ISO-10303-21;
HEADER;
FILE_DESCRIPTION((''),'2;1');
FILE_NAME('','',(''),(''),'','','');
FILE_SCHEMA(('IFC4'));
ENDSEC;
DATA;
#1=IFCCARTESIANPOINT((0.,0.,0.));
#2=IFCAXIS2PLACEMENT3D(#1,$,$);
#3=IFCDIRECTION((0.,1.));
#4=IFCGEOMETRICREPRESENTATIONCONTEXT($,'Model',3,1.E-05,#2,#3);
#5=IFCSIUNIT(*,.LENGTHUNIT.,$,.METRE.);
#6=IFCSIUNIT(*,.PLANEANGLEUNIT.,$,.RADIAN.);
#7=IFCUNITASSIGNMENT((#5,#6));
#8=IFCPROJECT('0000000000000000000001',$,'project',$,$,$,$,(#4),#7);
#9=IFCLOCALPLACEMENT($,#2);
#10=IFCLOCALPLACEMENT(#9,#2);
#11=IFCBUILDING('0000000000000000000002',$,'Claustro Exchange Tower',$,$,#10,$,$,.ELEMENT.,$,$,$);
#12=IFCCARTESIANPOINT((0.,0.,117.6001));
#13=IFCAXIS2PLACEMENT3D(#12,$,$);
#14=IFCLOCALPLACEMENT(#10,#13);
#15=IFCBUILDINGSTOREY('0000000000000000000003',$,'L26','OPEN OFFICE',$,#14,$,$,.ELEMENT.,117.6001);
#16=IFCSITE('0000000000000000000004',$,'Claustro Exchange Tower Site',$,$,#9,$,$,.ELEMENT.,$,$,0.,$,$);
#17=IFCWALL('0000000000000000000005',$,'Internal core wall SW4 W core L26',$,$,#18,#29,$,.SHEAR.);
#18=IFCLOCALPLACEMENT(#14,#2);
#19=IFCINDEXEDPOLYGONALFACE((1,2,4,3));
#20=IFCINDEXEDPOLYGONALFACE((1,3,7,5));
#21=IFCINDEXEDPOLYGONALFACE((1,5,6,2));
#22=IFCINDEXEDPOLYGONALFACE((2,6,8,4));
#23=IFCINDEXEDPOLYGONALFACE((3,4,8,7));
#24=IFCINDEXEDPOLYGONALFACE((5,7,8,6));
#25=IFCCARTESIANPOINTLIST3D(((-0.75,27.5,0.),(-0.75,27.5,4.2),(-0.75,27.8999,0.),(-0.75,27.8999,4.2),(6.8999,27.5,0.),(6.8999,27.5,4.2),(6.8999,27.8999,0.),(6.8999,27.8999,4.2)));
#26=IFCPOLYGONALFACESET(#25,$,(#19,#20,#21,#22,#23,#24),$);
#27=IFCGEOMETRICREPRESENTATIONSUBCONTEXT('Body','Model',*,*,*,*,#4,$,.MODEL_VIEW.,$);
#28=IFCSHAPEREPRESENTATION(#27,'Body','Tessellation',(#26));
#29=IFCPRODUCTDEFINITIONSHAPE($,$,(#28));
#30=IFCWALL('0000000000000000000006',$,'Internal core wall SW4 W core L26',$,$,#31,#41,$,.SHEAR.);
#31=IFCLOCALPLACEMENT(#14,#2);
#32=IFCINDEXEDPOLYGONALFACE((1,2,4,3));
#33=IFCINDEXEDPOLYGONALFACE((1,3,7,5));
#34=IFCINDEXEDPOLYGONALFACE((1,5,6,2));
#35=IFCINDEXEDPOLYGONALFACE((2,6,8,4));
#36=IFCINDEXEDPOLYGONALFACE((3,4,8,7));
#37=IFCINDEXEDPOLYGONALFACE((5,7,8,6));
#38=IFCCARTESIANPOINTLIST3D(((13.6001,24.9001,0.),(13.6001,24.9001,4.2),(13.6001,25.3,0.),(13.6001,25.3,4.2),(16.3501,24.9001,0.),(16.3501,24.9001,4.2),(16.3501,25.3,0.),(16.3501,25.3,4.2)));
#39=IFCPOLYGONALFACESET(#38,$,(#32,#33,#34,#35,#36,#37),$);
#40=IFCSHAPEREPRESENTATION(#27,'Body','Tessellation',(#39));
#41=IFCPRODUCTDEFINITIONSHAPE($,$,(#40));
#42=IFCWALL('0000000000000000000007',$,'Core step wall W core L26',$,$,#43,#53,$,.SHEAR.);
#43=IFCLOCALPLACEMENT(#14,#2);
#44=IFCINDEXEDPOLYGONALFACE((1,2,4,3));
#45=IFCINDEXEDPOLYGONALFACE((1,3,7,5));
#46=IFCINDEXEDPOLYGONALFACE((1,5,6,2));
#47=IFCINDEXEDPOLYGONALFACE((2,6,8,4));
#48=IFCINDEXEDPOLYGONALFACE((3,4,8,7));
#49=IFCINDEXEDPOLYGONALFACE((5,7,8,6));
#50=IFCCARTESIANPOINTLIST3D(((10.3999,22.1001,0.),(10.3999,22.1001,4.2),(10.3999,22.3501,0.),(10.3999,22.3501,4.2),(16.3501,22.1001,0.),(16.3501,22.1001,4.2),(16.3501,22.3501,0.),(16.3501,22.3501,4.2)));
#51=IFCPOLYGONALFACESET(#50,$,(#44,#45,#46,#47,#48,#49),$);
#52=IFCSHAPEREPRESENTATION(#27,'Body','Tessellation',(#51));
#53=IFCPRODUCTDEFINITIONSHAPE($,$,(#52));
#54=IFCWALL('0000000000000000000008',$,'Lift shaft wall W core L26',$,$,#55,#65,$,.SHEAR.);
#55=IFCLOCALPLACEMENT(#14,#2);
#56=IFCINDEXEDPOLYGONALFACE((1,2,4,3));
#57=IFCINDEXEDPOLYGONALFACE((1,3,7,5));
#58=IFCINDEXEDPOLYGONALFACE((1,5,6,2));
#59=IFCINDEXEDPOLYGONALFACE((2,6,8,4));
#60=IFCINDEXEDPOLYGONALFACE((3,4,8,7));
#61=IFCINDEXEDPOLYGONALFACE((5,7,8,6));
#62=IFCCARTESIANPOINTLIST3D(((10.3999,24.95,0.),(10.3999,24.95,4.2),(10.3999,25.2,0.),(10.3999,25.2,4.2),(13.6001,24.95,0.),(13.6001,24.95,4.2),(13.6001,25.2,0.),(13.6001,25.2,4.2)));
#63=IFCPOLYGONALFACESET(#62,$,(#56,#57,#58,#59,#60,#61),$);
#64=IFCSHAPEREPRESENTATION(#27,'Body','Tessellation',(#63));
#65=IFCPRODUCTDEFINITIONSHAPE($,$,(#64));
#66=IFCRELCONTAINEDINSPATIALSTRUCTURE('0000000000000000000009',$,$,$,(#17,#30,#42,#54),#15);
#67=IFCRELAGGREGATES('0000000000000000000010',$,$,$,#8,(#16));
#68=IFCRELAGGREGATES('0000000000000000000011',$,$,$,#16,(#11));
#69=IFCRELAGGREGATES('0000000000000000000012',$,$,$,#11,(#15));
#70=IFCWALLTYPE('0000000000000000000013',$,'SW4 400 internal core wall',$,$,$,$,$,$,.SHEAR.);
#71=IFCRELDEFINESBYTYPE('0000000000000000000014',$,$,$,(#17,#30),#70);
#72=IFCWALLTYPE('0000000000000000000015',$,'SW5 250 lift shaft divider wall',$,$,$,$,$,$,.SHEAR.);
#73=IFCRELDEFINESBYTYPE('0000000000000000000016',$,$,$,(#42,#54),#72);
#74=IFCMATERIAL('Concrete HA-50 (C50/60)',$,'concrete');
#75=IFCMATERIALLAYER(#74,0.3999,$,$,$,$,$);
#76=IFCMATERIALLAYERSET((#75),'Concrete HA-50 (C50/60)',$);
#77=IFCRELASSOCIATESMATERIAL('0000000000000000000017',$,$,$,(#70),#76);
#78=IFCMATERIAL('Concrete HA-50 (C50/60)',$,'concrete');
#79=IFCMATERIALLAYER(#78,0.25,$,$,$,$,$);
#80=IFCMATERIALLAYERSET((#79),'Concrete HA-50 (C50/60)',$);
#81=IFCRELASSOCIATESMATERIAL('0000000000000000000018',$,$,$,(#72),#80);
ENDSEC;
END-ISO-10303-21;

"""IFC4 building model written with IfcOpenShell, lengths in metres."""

from ifc_helpers import new_model, si_unit, direction, frame, frame_2d, origin, place, context, subcontext, project, spatial, rectangle, extrude, material, layer, layer_set, type_object, element, save


model = new_model("IFC4")

# Units and contexts
model_context = context("Model", 3, precision=1e-05, world=origin(), true_north=direction((0.0, 1.0)))
body_context = subcontext(model_context, "Body", "Model", "MODEL_VIEW")
ifc_project = project(units=[si_unit("LENGTHUNIT", "METRE"), si_unit("PLANEANGLEUNIT", "RADIAN")], contexts=[model_context])

# Site, building, storey
site_placement = place(None, origin())
site = spatial("IfcSite", under=ifc_project, at=site_placement, Name="Claustro Exchange Tower Site", CompositionType="ELEMENT", RefElevation=0.0)
building_placement = place(site_placement, origin())
building = spatial("IfcBuilding", under=site, at=building_placement, Name="Claustro Exchange Tower", CompositionType="ELEMENT")
storey_placement = place(building_placement, frame((0.0, 0.0, 117.6001)))
storey = spatial("IfcBuildingStorey", under=building, at=storey_placement, Name="L26", Description="OPEN OFFICE", CompositionType="ELEMENT", Elevation=117.6001)

# Walls
ifc_material_1 = material(Name="Concrete HA-50 (C50/60)", Category="concrete")
ifc_layer_1 = layer(ifc_material_1, 0.3999)
ifc_layer_set_1 = layer_set([ifc_layer_1], Name="Concrete HA-50 (C50/60)")
wall_type_1 = type_object("IfcWallType", Name="SW4 400 internal core wall", PredefinedType="SHEAR", material=ifc_layer_set_1)
for number, where, z_axis, x_axis, name in (
    (1, (-0.75, 27.7, 0.0), (0.0, 0.0, 1.0), (1.0, 0.0, 0.0), "Internal core wall SW4 W core L26"),
):
    element("IfcWall", number, at=place(storey_placement, frame(where, z_axis=z_axis, x_axis=x_axis)), inside=storey, type_object=wall_type_1, Name=name, PredefinedType="SHEAR", context=body_context, shape_type="SweptSolid", body=[
        extrude(rectangle(XDim=7.6499, YDim=0.3999, at=frame_2d((3.825, 0.0))), origin(), (0.0, 0.0, 1.0), 4.2),
    ])
wall_1_placement = place(storey_placement, frame((13.6001, 25.1001, 0.0), z_axis=(0.0, 0.0, 1.0), x_axis=(1.0, 0.0, 0.0)))
element("IfcWall", 2, at=wall_1_placement, inside=storey, type_object=wall_type_1, Name="Internal core wall SW4 W core L26", PredefinedType="SHEAR", context=body_context, shape_type="SweptSolid", body=[
    extrude(rectangle(XDim=2.75, YDim=0.3999, at=frame_2d((1.375, 0.0))), origin(), (0.0, 0.0, 1.0), 4.2),
])
ifc_material_2 = material(Name="Concrete HA-50 (C50/60)", Category="concrete")
ifc_layer_2 = layer(ifc_material_2, 0.25)
ifc_layer_set_2 = layer_set([ifc_layer_2], Name="Concrete HA-50 (C50/60)")
wall_type_2 = type_object("IfcWallType", Name="SW5 250 lift shaft divider wall", PredefinedType="SHEAR", material=ifc_layer_set_2)
wall_2_placement = place(storey_placement, frame((10.3999, 22.2251, 0.0), z_axis=(0.0, 0.0, 1.0), x_axis=(1.0, 0.0, 0.0)))
element("IfcWall", 3, at=wall_2_placement, inside=storey, type_object=wall_type_2, Name="Core step wall W core L26", PredefinedType="SHEAR", context=body_context, shape_type="SweptSolid", body=[
    extrude(rectangle(XDim=5.9502, YDim=0.25, at=frame_2d((2.9751, 0.0))), origin(), (0.0, 0.0, 1.0), 4.2),
])
wall_3_placement = place(storey_placement, frame((10.3999, 25.075, 0.0), z_axis=(0.0, 0.0, 1.0), x_axis=(1.0, 0.0, 0.0)))
element("IfcWall", 4, at=wall_3_placement, inside=storey, type_object=wall_type_2, Name="Lift shaft wall W core L26", PredefinedType="SHEAR", context=body_context, shape_type="SweptSolid", body=[
    extrude(rectangle(XDim=3.2002, YDim=0.25, at=frame_2d((1.6001, 0.0))), origin(), (0.0, 0.0, 1.0), 4.2),
])

save(model, "model.ifc")
